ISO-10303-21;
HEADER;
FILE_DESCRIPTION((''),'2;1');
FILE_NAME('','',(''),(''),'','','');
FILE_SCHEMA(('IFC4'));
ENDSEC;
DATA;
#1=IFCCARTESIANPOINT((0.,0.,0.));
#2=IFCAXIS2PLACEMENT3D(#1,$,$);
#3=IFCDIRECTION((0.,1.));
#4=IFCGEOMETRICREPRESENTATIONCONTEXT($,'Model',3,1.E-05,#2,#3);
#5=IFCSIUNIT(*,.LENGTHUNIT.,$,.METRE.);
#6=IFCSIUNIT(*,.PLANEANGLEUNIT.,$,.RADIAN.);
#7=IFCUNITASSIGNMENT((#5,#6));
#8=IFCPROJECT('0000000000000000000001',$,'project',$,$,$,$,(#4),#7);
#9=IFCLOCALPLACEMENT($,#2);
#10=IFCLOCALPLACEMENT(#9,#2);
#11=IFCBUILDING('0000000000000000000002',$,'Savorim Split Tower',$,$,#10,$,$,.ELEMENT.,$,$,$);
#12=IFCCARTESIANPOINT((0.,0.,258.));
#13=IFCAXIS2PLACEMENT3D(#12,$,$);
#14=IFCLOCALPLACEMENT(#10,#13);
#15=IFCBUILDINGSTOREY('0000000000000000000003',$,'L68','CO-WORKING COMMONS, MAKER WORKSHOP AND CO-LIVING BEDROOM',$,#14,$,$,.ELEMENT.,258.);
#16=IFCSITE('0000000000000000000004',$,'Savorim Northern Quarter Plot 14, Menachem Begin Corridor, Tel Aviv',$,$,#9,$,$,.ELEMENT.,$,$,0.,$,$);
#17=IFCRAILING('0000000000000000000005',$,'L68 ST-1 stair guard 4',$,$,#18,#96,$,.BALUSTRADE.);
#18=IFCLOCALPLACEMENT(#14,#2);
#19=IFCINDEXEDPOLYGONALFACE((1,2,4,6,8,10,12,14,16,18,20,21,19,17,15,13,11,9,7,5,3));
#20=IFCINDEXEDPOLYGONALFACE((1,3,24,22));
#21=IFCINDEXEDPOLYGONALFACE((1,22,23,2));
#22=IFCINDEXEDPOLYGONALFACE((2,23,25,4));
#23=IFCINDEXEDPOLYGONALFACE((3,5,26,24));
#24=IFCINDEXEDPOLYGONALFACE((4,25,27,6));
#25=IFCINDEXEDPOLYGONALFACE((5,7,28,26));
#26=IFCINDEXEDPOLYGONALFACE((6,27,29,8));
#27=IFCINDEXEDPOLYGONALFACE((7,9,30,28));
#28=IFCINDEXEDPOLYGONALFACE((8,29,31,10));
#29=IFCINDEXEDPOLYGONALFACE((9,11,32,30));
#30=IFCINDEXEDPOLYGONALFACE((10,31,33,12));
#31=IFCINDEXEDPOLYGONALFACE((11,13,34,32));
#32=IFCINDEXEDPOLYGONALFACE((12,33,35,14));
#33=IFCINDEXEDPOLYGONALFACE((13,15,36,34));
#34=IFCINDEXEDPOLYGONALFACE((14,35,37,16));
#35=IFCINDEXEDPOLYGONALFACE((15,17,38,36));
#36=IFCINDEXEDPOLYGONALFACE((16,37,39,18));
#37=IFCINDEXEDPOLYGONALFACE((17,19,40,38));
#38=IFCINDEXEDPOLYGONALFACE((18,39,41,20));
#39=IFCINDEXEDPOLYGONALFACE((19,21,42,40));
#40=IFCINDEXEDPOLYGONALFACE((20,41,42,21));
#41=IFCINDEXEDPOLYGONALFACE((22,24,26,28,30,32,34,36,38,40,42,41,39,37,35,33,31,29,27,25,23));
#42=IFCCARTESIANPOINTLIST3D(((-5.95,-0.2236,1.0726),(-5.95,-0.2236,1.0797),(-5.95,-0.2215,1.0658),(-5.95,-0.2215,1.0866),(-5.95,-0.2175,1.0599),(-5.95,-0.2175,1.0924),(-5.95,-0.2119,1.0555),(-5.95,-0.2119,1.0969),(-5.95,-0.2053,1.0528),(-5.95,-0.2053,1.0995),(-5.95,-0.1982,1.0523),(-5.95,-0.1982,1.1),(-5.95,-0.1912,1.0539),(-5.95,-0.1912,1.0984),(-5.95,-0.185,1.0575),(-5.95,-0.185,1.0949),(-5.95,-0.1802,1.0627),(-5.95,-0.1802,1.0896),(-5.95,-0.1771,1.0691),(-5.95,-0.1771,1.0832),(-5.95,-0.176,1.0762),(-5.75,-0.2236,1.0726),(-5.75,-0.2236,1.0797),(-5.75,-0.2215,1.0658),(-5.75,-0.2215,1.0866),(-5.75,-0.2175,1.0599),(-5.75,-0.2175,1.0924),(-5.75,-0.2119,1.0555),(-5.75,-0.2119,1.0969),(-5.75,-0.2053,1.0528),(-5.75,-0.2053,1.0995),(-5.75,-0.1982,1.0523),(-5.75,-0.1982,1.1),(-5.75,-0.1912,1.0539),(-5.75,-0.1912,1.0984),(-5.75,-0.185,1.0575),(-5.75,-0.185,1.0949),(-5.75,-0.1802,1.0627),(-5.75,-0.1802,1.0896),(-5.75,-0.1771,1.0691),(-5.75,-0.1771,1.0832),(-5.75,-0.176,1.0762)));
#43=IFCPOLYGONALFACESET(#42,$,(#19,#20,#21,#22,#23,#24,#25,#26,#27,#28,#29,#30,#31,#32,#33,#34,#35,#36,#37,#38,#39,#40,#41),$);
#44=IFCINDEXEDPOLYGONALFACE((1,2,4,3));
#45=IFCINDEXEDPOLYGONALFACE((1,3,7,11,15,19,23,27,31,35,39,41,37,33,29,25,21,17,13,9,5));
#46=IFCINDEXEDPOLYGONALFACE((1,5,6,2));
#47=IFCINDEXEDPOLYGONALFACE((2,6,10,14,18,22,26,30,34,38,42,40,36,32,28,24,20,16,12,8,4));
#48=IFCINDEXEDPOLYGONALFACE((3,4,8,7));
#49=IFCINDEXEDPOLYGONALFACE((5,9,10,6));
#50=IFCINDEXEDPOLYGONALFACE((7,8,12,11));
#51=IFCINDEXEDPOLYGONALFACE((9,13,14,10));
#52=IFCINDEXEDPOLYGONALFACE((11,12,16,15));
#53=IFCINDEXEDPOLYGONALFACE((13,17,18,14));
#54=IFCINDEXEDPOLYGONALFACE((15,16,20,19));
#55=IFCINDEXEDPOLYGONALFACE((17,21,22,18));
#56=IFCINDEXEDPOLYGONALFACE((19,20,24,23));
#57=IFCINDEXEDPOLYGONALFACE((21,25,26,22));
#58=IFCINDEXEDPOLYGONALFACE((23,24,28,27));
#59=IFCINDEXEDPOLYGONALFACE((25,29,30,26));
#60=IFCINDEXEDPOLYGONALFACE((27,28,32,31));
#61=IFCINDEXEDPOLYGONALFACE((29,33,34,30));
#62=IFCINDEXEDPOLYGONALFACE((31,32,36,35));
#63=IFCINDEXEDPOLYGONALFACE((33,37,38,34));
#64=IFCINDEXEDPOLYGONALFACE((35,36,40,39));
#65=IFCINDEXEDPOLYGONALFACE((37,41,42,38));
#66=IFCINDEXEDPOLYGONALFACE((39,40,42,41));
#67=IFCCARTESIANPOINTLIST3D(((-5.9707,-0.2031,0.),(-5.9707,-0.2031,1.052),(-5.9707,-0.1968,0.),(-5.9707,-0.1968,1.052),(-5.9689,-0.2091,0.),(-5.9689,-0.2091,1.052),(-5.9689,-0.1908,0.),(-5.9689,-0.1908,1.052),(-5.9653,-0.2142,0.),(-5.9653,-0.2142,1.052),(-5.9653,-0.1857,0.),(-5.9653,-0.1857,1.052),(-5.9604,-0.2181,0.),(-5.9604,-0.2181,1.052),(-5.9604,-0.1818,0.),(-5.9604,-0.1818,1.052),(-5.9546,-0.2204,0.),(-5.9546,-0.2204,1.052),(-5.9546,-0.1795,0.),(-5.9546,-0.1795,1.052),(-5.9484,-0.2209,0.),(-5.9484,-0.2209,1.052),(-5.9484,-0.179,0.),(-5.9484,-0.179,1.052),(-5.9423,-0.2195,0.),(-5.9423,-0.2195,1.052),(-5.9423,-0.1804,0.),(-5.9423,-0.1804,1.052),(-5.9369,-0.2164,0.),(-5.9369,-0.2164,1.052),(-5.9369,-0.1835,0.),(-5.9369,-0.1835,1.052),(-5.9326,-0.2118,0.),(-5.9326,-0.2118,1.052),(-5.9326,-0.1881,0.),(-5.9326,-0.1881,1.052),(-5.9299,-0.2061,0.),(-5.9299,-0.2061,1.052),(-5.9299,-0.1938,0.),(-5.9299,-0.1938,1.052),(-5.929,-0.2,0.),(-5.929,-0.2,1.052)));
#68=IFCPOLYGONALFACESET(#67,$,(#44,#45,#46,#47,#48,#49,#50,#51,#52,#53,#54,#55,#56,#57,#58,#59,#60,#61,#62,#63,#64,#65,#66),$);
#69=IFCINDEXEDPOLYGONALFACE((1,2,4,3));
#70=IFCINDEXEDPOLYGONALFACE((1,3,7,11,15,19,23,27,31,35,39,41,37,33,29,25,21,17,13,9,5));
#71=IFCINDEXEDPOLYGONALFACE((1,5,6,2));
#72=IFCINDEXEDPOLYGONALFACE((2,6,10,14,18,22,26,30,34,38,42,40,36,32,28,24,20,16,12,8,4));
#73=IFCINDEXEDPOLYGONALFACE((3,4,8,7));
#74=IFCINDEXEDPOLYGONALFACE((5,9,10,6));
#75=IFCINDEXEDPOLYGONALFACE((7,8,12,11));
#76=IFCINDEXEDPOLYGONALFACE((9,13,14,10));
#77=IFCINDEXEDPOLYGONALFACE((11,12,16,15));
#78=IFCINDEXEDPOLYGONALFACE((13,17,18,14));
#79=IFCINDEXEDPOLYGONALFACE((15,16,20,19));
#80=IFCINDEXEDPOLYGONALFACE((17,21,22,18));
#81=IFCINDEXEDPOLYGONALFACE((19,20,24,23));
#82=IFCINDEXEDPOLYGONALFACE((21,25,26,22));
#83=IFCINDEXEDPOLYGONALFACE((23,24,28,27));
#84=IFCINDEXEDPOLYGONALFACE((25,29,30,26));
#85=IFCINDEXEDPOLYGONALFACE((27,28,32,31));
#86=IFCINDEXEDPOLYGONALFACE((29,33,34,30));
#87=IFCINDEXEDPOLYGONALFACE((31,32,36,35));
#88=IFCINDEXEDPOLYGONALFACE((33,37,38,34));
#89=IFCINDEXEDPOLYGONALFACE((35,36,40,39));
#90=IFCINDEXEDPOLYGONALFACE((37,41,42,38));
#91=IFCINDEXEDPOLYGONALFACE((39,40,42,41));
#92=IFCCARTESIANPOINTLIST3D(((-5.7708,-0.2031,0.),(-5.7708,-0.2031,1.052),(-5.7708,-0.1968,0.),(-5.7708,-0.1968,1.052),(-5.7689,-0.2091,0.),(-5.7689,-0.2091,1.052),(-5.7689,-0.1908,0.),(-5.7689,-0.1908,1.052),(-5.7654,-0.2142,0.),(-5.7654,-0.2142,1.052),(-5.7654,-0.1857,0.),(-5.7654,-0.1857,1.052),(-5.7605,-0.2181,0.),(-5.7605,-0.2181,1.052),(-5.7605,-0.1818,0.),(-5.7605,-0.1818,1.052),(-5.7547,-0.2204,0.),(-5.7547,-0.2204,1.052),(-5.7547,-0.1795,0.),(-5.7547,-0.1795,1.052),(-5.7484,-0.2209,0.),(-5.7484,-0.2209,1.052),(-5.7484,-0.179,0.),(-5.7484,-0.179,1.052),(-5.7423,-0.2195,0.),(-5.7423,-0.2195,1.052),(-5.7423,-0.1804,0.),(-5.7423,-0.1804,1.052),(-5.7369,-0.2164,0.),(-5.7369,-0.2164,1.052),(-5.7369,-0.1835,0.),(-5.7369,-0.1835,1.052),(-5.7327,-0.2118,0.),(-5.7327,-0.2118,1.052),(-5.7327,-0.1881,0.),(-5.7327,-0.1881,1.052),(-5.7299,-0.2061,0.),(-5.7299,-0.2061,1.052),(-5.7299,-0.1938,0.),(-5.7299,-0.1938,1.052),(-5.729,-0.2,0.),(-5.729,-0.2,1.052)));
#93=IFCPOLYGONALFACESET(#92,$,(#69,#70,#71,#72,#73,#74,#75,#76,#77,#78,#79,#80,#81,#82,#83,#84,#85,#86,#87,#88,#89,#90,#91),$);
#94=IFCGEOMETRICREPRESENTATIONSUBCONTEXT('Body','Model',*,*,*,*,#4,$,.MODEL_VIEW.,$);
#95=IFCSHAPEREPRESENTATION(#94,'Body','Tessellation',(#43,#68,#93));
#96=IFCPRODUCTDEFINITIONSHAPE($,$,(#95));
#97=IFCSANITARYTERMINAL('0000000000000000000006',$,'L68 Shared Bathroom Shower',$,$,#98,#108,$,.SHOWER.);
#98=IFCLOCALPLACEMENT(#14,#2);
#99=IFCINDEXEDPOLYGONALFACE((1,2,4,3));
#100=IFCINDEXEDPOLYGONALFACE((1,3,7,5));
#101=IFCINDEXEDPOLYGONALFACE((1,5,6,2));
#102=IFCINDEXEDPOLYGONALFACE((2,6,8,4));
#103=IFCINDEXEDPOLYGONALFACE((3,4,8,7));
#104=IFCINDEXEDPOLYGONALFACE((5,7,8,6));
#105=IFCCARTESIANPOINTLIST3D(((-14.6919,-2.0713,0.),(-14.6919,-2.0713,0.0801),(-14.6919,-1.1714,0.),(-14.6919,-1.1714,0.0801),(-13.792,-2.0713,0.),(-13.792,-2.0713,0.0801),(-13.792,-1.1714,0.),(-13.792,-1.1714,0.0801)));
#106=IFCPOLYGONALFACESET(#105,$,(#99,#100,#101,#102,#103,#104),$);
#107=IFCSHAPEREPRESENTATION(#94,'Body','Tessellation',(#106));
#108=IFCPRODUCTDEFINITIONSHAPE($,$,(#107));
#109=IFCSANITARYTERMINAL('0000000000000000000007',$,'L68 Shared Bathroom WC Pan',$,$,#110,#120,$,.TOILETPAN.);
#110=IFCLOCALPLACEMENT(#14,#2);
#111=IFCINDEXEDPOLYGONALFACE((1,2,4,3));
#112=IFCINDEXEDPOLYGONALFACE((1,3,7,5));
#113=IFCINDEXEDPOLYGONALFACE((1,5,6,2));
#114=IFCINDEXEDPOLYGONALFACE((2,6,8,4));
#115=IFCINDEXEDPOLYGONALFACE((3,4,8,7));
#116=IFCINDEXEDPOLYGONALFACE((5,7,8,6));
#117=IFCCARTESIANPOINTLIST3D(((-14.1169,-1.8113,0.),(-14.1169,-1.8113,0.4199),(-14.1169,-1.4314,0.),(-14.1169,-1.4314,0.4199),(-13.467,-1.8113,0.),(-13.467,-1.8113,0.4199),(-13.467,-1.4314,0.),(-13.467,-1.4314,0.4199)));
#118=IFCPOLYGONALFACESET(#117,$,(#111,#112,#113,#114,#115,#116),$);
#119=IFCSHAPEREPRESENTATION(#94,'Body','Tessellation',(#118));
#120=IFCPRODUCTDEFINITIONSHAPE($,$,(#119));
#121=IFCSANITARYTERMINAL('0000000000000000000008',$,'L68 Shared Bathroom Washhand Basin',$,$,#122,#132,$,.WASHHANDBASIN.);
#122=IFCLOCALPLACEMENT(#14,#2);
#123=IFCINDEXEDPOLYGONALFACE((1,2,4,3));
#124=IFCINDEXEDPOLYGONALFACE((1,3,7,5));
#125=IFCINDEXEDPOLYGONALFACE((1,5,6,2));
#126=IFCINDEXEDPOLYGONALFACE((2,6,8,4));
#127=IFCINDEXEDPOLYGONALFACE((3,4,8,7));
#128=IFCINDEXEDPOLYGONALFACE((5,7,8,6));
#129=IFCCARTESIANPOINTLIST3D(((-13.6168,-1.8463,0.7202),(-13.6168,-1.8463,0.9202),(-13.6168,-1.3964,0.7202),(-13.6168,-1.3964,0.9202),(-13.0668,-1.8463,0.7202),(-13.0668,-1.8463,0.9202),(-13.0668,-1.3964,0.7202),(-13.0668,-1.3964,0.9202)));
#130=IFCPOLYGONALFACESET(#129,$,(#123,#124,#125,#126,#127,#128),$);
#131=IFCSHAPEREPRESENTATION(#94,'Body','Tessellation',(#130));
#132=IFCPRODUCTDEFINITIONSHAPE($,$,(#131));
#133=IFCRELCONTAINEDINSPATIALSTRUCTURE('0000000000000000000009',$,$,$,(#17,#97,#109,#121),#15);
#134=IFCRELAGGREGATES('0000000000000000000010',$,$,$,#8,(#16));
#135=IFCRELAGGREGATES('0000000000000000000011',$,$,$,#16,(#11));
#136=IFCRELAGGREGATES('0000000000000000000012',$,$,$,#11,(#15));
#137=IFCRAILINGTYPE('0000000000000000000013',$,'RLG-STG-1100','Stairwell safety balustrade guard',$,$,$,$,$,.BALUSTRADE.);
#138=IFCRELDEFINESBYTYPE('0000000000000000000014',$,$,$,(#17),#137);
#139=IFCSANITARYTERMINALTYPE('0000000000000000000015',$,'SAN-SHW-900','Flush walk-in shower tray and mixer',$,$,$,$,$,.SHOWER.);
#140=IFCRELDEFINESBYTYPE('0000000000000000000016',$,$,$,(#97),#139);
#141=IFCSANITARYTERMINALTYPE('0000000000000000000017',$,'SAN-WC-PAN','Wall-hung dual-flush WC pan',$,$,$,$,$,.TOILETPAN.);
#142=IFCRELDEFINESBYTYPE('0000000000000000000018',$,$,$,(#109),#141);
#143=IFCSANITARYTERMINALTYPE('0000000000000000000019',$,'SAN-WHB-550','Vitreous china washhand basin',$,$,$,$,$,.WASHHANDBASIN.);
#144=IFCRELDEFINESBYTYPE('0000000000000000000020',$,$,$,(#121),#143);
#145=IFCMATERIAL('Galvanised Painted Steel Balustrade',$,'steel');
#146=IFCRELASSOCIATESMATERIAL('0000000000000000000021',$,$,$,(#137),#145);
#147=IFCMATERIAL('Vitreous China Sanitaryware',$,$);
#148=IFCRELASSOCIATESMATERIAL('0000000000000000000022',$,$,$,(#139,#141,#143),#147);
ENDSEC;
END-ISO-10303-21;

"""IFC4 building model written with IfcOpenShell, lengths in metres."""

from ifc_helpers import new_model, si_unit, direction, frame, origin, origin_2d, place, context, subcontext, project, spatial, rectangle, circle, extrude, material, type_object, element, save


model = new_model("IFC4")

# Units and contexts
model_context = context("Model", 3, precision=1e-05, world=origin(), true_north=direction((0.0, 1.0)))
body_context = subcontext(model_context, "Body", "Model", "MODEL_VIEW")
ifc_project = project(units=[si_unit("LENGTHUNIT", "METRE"), si_unit("PLANEANGLEUNIT", "RADIAN")], contexts=[model_context])

# Site, building, storey
site_placement = place(None, origin())
site = spatial("IfcSite", under=ifc_project, at=site_placement, Name="Savorim Northern Quarter Plot 14, Menachem Begin Corridor, Tel Aviv", CompositionType="ELEMENT", RefElevation=0.0)
building_placement = place(site_placement, origin())
building = spatial("IfcBuilding", under=site, at=building_placement, Name="Savorim Split Tower", CompositionType="ELEMENT")
storey_placement = place(building_placement, frame((0.0, 0.0, 258.0)))
storey = spatial("IfcBuildingStorey", under=building, at=storey_placement, Name="L68", Description="CO-WORKING COMMONS, MAKER WORKSHOP AND CO-LIVING BEDROOM", CompositionType="ELEMENT", Elevation=258.0)

# Railing
ifc_material_1 = material(Name="Galvanised Painted Steel Balustrade", Category="steel")
railing_type_1 = type_object("IfcRailingType", Name="RLG-STG-1100", Description="Stairwell safety balustrade guard", PredefinedType="BALUSTRADE", material=ifc_material_1)
railing_1_placement = place(storey_placement, frame((-5.95, -0.2, 0.0)))
element("IfcRailing", 1, at=railing_1_placement, inside=storey, type_object=railing_type_1, Name="L68 ST-1 stair guard 4", PredefinedType="BALUSTRADE", context=body_context, shape_type="SweptSolid", body=[
    extrude(circle(Radius=0.0239, at=origin_2d()), frame((0.0, 0.0, 1.0762), z_axis=(1.0, 0.0, 0.0), x_axis=(0.0, 1.0, 0.0)), (0.0, 0.0, 1.0), 0.2),
    extrude(circle(Radius=0.021, at=origin_2d()), origin(), (0.0, 0.0, 1.0), 1.052),
    extrude(circle(Radius=0.021, at=origin_2d()), frame((0.2, 0.0, 0.0)), (0.0, 0.0, 1.0), 1.052),
])

# Sanitary terminals
ifc_material_2 = material(Name="Vitreous China Sanitaryware")
sanitary_terminal_type_1 = type_object("IfcSanitaryTerminalType", Name="SAN-SHW-900", Description="Flush walk-in shower tray and mixer", PredefinedType="SHOWER", material=ifc_material_2)
sanitary_terminal_1_placement = place(storey_placement, frame((-14.2419, -1.6213, 0.0), z_axis=(0.0, 0.0, 1.0), x_axis=(1.0, 0.0, 0.0)))
element("IfcSanitaryTerminal", 2, at=sanitary_terminal_1_placement, inside=storey, type_object=sanitary_terminal_type_1, Name="L68 Shared Bathroom Shower", PredefinedType="SHOWER", context=body_context, shape_type="SweptSolid", body=[
    extrude(rectangle(XDim=0.8999, YDim=0.8999, at=origin_2d()), origin(), (0.0, 0.0, 1.0), 0.0801),
])
sanitary_terminal_type_2 = type_object("IfcSanitaryTerminalType", Name="SAN-WC-PAN", Description="Wall-hung dual-flush WC pan", PredefinedType="TOILETPAN", material=ifc_material_2)
sanitary_terminal_2_placement = place(storey_placement, frame((-13.792, -1.6213, 0.0), z_axis=(0.0, 0.0, 1.0), x_axis=(1.0, 0.0, 0.0)))
element("IfcSanitaryTerminal", 3, at=sanitary_terminal_2_placement, inside=storey, type_object=sanitary_terminal_type_2, Name="L68 Shared Bathroom WC Pan", PredefinedType="TOILETPAN", context=body_context, shape_type="SweptSolid", body=[
    extrude(rectangle(XDim=0.6499, YDim=0.3799, at=origin_2d()), origin(), (0.0, 0.0, 1.0), 0.4199),
])
sanitary_terminal_type_3 = type_object("IfcSanitaryTerminalType", Name="SAN-WHB-550", Description="Vitreous china washhand basin", PredefinedType="WASHHANDBASIN", material=ifc_material_2)
sanitary_terminal_3_placement = place(storey_placement, frame((-13.3418, -1.6213, 0.7202), z_axis=(0.0, 0.0, 1.0), x_axis=(1.0, 0.0, 0.0)))
element("IfcSanitaryTerminal", 4, at=sanitary_terminal_3_placement, inside=storey, type_object=sanitary_terminal_type_3, Name="L68 Shared Bathroom Washhand Basin", PredefinedType="WASHHANDBASIN", context=body_context, shape_type="SweptSolid", body=[
    extrude(rectangle(XDim=0.55, YDim=0.45, at=origin_2d()), origin(), (0.0, 0.0, 1.0), 0.2),
])

save(model, "model.ifc")
